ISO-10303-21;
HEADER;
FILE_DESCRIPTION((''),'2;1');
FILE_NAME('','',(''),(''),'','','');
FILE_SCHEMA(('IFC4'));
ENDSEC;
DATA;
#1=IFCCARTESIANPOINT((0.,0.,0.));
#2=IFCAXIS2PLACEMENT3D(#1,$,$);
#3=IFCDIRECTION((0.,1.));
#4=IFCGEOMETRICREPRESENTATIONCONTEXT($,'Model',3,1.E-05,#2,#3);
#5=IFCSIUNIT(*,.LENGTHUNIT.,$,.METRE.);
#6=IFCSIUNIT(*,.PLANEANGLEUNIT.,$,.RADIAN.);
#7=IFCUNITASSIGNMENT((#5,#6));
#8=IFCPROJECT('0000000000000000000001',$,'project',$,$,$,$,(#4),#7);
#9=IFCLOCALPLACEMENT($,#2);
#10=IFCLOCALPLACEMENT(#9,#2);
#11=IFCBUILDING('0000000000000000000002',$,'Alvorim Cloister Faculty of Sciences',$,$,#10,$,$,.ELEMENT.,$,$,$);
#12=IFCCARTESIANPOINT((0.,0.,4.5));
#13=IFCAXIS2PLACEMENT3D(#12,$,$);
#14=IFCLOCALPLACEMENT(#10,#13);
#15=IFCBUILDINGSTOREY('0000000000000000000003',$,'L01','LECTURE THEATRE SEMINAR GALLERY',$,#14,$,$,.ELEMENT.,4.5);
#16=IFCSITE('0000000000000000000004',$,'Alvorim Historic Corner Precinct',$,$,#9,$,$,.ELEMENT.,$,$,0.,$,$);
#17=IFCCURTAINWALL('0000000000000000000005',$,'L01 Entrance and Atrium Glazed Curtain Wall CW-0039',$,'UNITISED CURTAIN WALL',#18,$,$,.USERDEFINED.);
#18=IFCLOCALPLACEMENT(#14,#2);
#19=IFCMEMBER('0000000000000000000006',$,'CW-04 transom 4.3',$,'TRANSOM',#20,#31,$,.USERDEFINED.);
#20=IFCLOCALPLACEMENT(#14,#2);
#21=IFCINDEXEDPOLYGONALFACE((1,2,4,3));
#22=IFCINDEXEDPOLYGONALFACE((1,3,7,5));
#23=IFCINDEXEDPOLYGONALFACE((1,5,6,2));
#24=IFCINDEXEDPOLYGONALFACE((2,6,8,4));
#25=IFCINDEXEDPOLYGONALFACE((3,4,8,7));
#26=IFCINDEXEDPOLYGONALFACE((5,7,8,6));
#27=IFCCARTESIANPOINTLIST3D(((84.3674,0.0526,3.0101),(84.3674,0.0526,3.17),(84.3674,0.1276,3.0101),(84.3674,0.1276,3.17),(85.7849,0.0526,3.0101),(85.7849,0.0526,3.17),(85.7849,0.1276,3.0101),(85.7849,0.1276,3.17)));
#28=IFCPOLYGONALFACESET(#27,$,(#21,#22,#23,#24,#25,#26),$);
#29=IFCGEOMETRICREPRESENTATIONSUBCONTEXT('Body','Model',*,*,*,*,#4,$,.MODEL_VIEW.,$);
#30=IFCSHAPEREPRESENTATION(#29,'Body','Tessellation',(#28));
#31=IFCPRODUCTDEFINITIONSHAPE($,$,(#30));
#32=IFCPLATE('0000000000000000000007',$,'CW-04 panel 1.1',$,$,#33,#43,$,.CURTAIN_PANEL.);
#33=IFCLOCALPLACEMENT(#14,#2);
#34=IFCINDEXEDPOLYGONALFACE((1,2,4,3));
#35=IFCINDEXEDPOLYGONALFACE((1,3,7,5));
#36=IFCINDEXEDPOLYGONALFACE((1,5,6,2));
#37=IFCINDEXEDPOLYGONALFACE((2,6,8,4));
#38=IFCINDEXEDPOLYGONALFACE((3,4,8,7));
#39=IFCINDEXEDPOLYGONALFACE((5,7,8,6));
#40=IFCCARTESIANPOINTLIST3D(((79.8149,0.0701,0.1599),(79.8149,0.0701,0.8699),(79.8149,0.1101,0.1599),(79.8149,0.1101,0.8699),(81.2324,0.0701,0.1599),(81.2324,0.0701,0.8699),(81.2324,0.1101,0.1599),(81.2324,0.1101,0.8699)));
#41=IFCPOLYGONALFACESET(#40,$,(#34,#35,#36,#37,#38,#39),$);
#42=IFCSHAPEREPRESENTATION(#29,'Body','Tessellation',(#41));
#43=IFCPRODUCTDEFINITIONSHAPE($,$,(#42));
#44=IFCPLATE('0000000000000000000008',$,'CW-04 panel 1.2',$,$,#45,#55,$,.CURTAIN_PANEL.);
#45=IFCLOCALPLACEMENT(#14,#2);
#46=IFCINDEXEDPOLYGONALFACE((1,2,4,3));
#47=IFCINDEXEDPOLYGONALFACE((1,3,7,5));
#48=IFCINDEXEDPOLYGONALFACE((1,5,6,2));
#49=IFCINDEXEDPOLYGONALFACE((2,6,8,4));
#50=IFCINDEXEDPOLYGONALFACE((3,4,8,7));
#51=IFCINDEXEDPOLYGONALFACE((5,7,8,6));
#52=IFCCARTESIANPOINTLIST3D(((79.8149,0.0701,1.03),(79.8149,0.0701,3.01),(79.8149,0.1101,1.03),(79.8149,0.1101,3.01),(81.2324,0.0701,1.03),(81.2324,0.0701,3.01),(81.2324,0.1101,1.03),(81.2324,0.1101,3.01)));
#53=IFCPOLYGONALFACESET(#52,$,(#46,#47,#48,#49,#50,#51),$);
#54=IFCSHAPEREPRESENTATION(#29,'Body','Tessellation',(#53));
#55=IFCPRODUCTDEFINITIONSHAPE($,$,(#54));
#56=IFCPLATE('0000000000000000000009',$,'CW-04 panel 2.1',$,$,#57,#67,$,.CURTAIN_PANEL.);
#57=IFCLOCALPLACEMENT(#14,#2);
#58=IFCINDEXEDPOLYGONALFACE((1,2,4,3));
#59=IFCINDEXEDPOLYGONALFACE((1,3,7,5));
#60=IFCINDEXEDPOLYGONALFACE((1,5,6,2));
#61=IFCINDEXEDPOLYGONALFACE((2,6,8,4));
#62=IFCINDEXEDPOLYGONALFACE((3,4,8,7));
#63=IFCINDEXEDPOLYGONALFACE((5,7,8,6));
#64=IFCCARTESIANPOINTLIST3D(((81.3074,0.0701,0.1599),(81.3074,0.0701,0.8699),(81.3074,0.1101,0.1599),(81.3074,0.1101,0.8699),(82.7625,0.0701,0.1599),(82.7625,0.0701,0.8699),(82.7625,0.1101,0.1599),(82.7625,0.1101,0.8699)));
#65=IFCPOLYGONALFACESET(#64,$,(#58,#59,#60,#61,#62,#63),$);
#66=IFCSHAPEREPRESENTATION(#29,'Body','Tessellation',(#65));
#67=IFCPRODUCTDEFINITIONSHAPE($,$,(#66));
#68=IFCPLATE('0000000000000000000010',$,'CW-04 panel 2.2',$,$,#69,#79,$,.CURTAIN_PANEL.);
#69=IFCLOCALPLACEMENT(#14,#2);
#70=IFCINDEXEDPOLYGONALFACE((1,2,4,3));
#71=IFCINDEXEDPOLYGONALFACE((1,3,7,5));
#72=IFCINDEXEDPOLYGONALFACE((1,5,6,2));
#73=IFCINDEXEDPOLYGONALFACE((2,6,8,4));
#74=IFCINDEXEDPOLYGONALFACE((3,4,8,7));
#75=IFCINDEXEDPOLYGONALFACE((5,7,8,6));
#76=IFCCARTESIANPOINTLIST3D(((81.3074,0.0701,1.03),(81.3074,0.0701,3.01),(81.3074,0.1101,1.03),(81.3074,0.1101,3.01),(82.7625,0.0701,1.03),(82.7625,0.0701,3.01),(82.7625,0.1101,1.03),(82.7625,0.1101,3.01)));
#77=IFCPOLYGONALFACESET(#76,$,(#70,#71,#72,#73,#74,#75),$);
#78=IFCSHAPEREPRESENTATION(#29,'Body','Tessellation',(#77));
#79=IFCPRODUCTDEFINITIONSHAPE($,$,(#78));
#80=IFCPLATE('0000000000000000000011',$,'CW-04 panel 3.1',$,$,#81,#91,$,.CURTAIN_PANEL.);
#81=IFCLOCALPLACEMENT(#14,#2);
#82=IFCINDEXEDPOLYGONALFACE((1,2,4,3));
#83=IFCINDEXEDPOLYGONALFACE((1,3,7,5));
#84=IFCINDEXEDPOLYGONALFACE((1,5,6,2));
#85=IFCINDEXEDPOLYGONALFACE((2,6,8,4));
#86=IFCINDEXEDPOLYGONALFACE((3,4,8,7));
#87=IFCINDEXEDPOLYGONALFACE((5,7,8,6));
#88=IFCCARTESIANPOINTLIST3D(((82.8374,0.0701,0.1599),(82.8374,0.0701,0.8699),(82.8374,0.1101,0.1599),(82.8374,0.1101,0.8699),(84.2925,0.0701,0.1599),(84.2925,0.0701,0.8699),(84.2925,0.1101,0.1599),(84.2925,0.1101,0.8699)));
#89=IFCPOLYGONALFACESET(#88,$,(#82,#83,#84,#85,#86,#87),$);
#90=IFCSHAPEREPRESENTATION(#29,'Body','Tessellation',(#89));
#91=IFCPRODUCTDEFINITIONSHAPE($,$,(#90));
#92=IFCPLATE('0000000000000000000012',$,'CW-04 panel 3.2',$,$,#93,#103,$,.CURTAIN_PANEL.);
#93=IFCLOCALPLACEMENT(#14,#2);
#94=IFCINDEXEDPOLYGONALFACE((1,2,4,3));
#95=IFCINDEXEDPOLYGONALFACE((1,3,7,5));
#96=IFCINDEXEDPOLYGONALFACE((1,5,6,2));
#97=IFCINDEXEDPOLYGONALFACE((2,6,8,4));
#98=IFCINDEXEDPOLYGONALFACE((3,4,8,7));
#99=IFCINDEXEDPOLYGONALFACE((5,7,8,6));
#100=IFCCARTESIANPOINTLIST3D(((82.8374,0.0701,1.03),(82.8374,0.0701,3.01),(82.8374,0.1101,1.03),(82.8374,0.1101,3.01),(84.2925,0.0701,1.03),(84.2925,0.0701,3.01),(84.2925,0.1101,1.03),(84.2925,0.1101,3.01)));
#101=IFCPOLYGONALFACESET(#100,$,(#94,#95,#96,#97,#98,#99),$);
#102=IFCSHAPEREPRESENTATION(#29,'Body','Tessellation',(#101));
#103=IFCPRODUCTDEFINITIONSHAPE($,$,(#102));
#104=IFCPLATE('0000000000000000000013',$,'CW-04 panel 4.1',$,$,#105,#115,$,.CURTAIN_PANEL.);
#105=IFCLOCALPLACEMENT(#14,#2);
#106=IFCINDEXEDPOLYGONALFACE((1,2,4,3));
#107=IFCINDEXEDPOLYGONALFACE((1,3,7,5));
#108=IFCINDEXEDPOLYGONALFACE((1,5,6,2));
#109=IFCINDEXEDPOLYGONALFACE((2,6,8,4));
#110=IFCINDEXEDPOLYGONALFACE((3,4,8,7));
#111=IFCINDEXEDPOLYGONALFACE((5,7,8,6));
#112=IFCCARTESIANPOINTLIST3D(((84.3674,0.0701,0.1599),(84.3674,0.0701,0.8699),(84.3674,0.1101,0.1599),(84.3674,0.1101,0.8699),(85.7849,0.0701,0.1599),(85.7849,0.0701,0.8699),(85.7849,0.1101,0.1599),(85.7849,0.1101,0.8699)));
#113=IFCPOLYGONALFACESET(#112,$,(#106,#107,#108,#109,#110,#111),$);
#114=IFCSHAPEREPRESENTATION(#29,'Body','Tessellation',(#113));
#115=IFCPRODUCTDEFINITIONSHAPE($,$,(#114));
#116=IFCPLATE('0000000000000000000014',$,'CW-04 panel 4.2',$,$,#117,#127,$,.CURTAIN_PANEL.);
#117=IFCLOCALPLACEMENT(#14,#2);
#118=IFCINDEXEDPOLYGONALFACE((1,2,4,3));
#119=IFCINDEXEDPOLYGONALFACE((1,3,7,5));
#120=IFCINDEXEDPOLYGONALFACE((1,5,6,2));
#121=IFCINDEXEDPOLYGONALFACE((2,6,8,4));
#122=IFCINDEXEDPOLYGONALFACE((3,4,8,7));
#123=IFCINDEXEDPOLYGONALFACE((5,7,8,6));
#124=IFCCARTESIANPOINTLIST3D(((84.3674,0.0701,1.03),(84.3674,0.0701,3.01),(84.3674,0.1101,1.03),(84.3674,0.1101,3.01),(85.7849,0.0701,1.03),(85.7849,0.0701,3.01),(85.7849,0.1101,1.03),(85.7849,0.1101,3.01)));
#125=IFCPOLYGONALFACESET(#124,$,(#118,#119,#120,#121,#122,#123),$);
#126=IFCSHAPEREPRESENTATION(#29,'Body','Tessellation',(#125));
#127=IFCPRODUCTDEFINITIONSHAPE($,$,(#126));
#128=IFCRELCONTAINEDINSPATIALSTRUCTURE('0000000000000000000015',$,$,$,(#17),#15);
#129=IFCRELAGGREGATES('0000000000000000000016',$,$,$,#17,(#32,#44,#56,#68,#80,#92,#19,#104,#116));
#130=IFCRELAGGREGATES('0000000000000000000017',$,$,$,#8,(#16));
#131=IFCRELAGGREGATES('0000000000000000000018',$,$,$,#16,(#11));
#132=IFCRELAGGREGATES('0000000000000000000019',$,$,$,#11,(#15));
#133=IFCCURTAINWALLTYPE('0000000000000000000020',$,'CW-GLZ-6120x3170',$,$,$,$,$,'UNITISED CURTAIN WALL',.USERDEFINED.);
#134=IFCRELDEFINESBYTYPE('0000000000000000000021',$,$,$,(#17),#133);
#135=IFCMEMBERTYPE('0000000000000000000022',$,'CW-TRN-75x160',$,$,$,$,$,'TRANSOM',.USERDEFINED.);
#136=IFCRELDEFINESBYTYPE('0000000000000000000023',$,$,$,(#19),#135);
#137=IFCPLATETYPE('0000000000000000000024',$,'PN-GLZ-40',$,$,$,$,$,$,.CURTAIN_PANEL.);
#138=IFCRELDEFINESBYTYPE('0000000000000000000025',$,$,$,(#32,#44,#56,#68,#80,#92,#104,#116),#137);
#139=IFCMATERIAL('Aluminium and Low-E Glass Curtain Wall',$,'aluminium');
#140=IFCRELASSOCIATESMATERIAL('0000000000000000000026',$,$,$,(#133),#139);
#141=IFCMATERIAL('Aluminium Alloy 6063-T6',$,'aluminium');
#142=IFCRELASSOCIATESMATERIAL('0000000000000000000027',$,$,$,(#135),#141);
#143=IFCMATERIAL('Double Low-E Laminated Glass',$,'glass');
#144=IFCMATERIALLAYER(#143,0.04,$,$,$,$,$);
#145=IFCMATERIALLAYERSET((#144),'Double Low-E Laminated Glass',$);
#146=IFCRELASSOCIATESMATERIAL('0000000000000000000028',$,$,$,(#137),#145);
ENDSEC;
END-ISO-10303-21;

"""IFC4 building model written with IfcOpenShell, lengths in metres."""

from ifc_helpers import new_model, si_unit, direction, frame, origin, origin_2d, place, context, subcontext, project, spatial, rectangle, extrude, material, layer, layer_set, material_profile, profile_set, type_object, element, aggregate, save


model = new_model("IFC4")

# Units and contexts
model_context = context("Model", 3, precision=1e-05, world=origin(), true_north=direction((0.0, 1.0)))
body_context = subcontext(model_context, "Body", "Model", "MODEL_VIEW")
ifc_project = project(units=[si_unit("LENGTHUNIT", "METRE"), si_unit("PLANEANGLEUNIT", "RADIAN")], contexts=[model_context])

# Site, building, storey
site_placement = place(None, origin())
site = spatial("IfcSite", under=ifc_project, at=site_placement, Name="Alvorim Historic Corner Precinct", CompositionType="ELEMENT", RefElevation=0.0)
building_placement = place(site_placement, origin())
building = spatial("IfcBuilding", under=site, at=building_placement, Name="Alvorim Cloister Faculty of Sciences", CompositionType="ELEMENT")
storey_placement = place(building_placement, frame((0.0, 0.0, 4.5)))
storey = spatial("IfcBuildingStorey", under=building, at=storey_placement, Name="L01", Description="LECTURE THEATRE SEMINAR GALLERY", CompositionType="ELEMENT", Elevation=4.5)

# Curtain wall, member, plates
ifc_material_1 = material(Name="Aluminium and Low-E Glass Curtain Wall", Category="aluminium")
curtain_wall_type = type_object("IfcCurtainWallType", Name="CW-GLZ-6120x3170", ElementType="UNITISED CURTAIN WALL", PredefinedType="USERDEFINED", material=ifc_material_1)
curtain_wall_placement = place(storey_placement, origin())
curtain_wall = element("IfcCurtainWall", 1, at=curtain_wall_placement, inside=storey, type_object=curtain_wall_type, Name="L01 Entrance and Atrium Glazed Curtain Wall CW-0039", ObjectType="UNITISED CURTAIN WALL", PredefinedType="USERDEFINED")
ifc_material_2 = material(Name="Aluminium Alloy 6063-T6", Category="aluminium")
ifc_material_profile_1 = material_profile(ifc_material_2, rectangle(XDim=0.075, YDim=0.1599, at=origin_2d()), Name="ALU-TRN-75x160")
ifc_profile_set_1 = profile_set([ifc_material_profile_1], Name="Aluminium Alloy 6063-T6")
member_type_1 = type_object("IfcMemberType", Name="CW-TRN-75x160", ElementType="TRANSOM", PredefinedType="USERDEFINED", material=ifc_profile_set_1)
member_1_placement = place(storey_placement, frame((84.3674, 0.0901, 3.0901), z_axis=(1.0, 0.0, 0.0), x_axis=(0.0, 1.0, 0.0)))
member_1 = element("IfcMember", 2, at=member_1_placement, type_object=member_type_1, Name="CW-04 transom 4.3", ObjectType="TRANSOM", PredefinedType="USERDEFINED", context=body_context, shape_type="SweptSolid", body=[
    extrude(rectangle(XDim=0.075, YDim=0.1599, at=origin_2d()), origin(), (0.0, 0.0, 1.0), 1.4175),
])
ifc_material_3 = material(Name="Double Low-E Laminated Glass", Category="glass")
ifc_layer = layer(ifc_material_3, 0.04)
ifc_layer_set = layer_set([ifc_layer], Name="Double Low-E Laminated Glass")
plate_type = type_object("IfcPlateType", Name="PN-GLZ-40", PredefinedType="CURTAIN_PANEL", material=ifc_layer_set)
plate_1_placement = place(storey_placement, frame((80.5237, 0.0901, 0.1599), z_axis=(0.0, 0.0, 1.0), x_axis=(1.0, 0.0, 0.0)))
plate_1 = element("IfcPlate", 3, at=plate_1_placement, type_object=plate_type, Name="CW-04 panel 1.1", PredefinedType="CURTAIN_PANEL", context=body_context, shape_type="SweptSolid", body=[
    extrude(rectangle(XDim=1.4175, YDim=0.04, at=origin_2d()), origin(), (0.0, 0.0, 1.0), 0.71),
])
plate_2_placement = place(storey_placement, frame((80.5237, 0.0901, 1.03), z_axis=(0.0, 0.0, 1.0), x_axis=(1.0, 0.0, 0.0)))
plate_2 = element("IfcPlate", 4, at=plate_2_placement, type_object=plate_type, Name="CW-04 panel 1.2", PredefinedType="CURTAIN_PANEL", context=body_context, shape_type="SweptSolid", body=[
    extrude(rectangle(XDim=1.4175, YDim=0.04, at=origin_2d()), origin(), (0.0, 0.0, 1.0), 1.98),
])
plate_3_placement = place(storey_placement, frame((82.0349, 0.0901, 0.1599), z_axis=(0.0, 0.0, 1.0), x_axis=(1.0, 0.0, 0.0)))
plate_3 = element("IfcPlate", 5, at=plate_3_placement, type_object=plate_type, Name="CW-04 panel 2.1", PredefinedType="CURTAIN_PANEL", context=body_context, shape_type="SweptSolid", body=[
    extrude(rectangle(XDim=1.4551, YDim=0.04, at=origin_2d()), origin(), (0.0, 0.0, 1.0), 0.71),
])
plate_4_placement = place(storey_placement, frame((82.0349, 0.0901, 1.03), z_axis=(0.0, 0.0, 1.0), x_axis=(1.0, 0.0, 0.0)))
plate_4 = element("IfcPlate", 6, at=plate_4_placement, type_object=plate_type, Name="CW-04 panel 2.2", PredefinedType="CURTAIN_PANEL", context=body_context, shape_type="SweptSolid", body=[
    extrude(rectangle(XDim=1.4551, YDim=0.04, at=origin_2d()), origin(), (0.0, 0.0, 1.0), 1.98),
])
plate_5_placement = place(storey_placement, frame((83.5649, 0.0901, 0.1599), z_axis=(0.0, 0.0, 1.0), x_axis=(1.0, 0.0, 0.0)))
plate_5 = element("IfcPlate", 7, at=plate_5_placement, type_object=plate_type, Name="CW-04 panel 3.1", PredefinedType="CURTAIN_PANEL", context=body_context, shape_type="SweptSolid", body=[
    extrude(rectangle(XDim=1.4551, YDim=0.04, at=origin_2d()), origin(), (0.0, 0.0, 1.0), 0.71),
])
plate_6_placement = place(storey_placement, frame((83.5649, 0.0901, 1.03), z_axis=(0.0, 0.0, 1.0), x_axis=(1.0, 0.0, 0.0)))
plate_6 = element("IfcPlate", 8, at=plate_6_placement, type_object=plate_type, Name="CW-04 panel 3.2", PredefinedType="CURTAIN_PANEL", context=body_context, shape_type="SweptSolid", body=[
    extrude(rectangle(XDim=1.4551, YDim=0.04, at=origin_2d()), origin(), (0.0, 0.0, 1.0), 1.98),
])
plate_7_placement = place(storey_placement, frame((85.0762, 0.0901, 0.1599), z_axis=(0.0, 0.0, 1.0), x_axis=(1.0, 0.0, 0.0)))
plate_7 = element("IfcPlate", 9, at=plate_7_placement, type_object=plate_type, Name="CW-04 panel 4.1", PredefinedType="CURTAIN_PANEL", context=body_context, shape_type="SweptSolid", body=[
    extrude(rectangle(XDim=1.4175, YDim=0.04, at=origin_2d()), origin(), (0.0, 0.0, 1.0), 0.71),
])
plate_8_placement = place(storey_placement, frame((85.0762, 0.0901, 1.03), z_axis=(0.0, 0.0, 1.0), x_axis=(1.0, 0.0, 0.0)))
plate_8 = element("IfcPlate", 10, at=plate_8_placement, type_object=plate_type, Name="CW-04 panel 4.2", PredefinedType="CURTAIN_PANEL", context=body_context, shape_type="SweptSolid", body=[
    extrude(rectangle(XDim=1.4175, YDim=0.04, at=origin_2d()), origin(), (0.0, 0.0, 1.0), 1.98),
])
aggregate(curtain_wall, [plate_1, plate_2, plate_3, plate_4, plate_5, plate_6, member_1, plate_7, plate_8])

save(model, "model.ifc")
